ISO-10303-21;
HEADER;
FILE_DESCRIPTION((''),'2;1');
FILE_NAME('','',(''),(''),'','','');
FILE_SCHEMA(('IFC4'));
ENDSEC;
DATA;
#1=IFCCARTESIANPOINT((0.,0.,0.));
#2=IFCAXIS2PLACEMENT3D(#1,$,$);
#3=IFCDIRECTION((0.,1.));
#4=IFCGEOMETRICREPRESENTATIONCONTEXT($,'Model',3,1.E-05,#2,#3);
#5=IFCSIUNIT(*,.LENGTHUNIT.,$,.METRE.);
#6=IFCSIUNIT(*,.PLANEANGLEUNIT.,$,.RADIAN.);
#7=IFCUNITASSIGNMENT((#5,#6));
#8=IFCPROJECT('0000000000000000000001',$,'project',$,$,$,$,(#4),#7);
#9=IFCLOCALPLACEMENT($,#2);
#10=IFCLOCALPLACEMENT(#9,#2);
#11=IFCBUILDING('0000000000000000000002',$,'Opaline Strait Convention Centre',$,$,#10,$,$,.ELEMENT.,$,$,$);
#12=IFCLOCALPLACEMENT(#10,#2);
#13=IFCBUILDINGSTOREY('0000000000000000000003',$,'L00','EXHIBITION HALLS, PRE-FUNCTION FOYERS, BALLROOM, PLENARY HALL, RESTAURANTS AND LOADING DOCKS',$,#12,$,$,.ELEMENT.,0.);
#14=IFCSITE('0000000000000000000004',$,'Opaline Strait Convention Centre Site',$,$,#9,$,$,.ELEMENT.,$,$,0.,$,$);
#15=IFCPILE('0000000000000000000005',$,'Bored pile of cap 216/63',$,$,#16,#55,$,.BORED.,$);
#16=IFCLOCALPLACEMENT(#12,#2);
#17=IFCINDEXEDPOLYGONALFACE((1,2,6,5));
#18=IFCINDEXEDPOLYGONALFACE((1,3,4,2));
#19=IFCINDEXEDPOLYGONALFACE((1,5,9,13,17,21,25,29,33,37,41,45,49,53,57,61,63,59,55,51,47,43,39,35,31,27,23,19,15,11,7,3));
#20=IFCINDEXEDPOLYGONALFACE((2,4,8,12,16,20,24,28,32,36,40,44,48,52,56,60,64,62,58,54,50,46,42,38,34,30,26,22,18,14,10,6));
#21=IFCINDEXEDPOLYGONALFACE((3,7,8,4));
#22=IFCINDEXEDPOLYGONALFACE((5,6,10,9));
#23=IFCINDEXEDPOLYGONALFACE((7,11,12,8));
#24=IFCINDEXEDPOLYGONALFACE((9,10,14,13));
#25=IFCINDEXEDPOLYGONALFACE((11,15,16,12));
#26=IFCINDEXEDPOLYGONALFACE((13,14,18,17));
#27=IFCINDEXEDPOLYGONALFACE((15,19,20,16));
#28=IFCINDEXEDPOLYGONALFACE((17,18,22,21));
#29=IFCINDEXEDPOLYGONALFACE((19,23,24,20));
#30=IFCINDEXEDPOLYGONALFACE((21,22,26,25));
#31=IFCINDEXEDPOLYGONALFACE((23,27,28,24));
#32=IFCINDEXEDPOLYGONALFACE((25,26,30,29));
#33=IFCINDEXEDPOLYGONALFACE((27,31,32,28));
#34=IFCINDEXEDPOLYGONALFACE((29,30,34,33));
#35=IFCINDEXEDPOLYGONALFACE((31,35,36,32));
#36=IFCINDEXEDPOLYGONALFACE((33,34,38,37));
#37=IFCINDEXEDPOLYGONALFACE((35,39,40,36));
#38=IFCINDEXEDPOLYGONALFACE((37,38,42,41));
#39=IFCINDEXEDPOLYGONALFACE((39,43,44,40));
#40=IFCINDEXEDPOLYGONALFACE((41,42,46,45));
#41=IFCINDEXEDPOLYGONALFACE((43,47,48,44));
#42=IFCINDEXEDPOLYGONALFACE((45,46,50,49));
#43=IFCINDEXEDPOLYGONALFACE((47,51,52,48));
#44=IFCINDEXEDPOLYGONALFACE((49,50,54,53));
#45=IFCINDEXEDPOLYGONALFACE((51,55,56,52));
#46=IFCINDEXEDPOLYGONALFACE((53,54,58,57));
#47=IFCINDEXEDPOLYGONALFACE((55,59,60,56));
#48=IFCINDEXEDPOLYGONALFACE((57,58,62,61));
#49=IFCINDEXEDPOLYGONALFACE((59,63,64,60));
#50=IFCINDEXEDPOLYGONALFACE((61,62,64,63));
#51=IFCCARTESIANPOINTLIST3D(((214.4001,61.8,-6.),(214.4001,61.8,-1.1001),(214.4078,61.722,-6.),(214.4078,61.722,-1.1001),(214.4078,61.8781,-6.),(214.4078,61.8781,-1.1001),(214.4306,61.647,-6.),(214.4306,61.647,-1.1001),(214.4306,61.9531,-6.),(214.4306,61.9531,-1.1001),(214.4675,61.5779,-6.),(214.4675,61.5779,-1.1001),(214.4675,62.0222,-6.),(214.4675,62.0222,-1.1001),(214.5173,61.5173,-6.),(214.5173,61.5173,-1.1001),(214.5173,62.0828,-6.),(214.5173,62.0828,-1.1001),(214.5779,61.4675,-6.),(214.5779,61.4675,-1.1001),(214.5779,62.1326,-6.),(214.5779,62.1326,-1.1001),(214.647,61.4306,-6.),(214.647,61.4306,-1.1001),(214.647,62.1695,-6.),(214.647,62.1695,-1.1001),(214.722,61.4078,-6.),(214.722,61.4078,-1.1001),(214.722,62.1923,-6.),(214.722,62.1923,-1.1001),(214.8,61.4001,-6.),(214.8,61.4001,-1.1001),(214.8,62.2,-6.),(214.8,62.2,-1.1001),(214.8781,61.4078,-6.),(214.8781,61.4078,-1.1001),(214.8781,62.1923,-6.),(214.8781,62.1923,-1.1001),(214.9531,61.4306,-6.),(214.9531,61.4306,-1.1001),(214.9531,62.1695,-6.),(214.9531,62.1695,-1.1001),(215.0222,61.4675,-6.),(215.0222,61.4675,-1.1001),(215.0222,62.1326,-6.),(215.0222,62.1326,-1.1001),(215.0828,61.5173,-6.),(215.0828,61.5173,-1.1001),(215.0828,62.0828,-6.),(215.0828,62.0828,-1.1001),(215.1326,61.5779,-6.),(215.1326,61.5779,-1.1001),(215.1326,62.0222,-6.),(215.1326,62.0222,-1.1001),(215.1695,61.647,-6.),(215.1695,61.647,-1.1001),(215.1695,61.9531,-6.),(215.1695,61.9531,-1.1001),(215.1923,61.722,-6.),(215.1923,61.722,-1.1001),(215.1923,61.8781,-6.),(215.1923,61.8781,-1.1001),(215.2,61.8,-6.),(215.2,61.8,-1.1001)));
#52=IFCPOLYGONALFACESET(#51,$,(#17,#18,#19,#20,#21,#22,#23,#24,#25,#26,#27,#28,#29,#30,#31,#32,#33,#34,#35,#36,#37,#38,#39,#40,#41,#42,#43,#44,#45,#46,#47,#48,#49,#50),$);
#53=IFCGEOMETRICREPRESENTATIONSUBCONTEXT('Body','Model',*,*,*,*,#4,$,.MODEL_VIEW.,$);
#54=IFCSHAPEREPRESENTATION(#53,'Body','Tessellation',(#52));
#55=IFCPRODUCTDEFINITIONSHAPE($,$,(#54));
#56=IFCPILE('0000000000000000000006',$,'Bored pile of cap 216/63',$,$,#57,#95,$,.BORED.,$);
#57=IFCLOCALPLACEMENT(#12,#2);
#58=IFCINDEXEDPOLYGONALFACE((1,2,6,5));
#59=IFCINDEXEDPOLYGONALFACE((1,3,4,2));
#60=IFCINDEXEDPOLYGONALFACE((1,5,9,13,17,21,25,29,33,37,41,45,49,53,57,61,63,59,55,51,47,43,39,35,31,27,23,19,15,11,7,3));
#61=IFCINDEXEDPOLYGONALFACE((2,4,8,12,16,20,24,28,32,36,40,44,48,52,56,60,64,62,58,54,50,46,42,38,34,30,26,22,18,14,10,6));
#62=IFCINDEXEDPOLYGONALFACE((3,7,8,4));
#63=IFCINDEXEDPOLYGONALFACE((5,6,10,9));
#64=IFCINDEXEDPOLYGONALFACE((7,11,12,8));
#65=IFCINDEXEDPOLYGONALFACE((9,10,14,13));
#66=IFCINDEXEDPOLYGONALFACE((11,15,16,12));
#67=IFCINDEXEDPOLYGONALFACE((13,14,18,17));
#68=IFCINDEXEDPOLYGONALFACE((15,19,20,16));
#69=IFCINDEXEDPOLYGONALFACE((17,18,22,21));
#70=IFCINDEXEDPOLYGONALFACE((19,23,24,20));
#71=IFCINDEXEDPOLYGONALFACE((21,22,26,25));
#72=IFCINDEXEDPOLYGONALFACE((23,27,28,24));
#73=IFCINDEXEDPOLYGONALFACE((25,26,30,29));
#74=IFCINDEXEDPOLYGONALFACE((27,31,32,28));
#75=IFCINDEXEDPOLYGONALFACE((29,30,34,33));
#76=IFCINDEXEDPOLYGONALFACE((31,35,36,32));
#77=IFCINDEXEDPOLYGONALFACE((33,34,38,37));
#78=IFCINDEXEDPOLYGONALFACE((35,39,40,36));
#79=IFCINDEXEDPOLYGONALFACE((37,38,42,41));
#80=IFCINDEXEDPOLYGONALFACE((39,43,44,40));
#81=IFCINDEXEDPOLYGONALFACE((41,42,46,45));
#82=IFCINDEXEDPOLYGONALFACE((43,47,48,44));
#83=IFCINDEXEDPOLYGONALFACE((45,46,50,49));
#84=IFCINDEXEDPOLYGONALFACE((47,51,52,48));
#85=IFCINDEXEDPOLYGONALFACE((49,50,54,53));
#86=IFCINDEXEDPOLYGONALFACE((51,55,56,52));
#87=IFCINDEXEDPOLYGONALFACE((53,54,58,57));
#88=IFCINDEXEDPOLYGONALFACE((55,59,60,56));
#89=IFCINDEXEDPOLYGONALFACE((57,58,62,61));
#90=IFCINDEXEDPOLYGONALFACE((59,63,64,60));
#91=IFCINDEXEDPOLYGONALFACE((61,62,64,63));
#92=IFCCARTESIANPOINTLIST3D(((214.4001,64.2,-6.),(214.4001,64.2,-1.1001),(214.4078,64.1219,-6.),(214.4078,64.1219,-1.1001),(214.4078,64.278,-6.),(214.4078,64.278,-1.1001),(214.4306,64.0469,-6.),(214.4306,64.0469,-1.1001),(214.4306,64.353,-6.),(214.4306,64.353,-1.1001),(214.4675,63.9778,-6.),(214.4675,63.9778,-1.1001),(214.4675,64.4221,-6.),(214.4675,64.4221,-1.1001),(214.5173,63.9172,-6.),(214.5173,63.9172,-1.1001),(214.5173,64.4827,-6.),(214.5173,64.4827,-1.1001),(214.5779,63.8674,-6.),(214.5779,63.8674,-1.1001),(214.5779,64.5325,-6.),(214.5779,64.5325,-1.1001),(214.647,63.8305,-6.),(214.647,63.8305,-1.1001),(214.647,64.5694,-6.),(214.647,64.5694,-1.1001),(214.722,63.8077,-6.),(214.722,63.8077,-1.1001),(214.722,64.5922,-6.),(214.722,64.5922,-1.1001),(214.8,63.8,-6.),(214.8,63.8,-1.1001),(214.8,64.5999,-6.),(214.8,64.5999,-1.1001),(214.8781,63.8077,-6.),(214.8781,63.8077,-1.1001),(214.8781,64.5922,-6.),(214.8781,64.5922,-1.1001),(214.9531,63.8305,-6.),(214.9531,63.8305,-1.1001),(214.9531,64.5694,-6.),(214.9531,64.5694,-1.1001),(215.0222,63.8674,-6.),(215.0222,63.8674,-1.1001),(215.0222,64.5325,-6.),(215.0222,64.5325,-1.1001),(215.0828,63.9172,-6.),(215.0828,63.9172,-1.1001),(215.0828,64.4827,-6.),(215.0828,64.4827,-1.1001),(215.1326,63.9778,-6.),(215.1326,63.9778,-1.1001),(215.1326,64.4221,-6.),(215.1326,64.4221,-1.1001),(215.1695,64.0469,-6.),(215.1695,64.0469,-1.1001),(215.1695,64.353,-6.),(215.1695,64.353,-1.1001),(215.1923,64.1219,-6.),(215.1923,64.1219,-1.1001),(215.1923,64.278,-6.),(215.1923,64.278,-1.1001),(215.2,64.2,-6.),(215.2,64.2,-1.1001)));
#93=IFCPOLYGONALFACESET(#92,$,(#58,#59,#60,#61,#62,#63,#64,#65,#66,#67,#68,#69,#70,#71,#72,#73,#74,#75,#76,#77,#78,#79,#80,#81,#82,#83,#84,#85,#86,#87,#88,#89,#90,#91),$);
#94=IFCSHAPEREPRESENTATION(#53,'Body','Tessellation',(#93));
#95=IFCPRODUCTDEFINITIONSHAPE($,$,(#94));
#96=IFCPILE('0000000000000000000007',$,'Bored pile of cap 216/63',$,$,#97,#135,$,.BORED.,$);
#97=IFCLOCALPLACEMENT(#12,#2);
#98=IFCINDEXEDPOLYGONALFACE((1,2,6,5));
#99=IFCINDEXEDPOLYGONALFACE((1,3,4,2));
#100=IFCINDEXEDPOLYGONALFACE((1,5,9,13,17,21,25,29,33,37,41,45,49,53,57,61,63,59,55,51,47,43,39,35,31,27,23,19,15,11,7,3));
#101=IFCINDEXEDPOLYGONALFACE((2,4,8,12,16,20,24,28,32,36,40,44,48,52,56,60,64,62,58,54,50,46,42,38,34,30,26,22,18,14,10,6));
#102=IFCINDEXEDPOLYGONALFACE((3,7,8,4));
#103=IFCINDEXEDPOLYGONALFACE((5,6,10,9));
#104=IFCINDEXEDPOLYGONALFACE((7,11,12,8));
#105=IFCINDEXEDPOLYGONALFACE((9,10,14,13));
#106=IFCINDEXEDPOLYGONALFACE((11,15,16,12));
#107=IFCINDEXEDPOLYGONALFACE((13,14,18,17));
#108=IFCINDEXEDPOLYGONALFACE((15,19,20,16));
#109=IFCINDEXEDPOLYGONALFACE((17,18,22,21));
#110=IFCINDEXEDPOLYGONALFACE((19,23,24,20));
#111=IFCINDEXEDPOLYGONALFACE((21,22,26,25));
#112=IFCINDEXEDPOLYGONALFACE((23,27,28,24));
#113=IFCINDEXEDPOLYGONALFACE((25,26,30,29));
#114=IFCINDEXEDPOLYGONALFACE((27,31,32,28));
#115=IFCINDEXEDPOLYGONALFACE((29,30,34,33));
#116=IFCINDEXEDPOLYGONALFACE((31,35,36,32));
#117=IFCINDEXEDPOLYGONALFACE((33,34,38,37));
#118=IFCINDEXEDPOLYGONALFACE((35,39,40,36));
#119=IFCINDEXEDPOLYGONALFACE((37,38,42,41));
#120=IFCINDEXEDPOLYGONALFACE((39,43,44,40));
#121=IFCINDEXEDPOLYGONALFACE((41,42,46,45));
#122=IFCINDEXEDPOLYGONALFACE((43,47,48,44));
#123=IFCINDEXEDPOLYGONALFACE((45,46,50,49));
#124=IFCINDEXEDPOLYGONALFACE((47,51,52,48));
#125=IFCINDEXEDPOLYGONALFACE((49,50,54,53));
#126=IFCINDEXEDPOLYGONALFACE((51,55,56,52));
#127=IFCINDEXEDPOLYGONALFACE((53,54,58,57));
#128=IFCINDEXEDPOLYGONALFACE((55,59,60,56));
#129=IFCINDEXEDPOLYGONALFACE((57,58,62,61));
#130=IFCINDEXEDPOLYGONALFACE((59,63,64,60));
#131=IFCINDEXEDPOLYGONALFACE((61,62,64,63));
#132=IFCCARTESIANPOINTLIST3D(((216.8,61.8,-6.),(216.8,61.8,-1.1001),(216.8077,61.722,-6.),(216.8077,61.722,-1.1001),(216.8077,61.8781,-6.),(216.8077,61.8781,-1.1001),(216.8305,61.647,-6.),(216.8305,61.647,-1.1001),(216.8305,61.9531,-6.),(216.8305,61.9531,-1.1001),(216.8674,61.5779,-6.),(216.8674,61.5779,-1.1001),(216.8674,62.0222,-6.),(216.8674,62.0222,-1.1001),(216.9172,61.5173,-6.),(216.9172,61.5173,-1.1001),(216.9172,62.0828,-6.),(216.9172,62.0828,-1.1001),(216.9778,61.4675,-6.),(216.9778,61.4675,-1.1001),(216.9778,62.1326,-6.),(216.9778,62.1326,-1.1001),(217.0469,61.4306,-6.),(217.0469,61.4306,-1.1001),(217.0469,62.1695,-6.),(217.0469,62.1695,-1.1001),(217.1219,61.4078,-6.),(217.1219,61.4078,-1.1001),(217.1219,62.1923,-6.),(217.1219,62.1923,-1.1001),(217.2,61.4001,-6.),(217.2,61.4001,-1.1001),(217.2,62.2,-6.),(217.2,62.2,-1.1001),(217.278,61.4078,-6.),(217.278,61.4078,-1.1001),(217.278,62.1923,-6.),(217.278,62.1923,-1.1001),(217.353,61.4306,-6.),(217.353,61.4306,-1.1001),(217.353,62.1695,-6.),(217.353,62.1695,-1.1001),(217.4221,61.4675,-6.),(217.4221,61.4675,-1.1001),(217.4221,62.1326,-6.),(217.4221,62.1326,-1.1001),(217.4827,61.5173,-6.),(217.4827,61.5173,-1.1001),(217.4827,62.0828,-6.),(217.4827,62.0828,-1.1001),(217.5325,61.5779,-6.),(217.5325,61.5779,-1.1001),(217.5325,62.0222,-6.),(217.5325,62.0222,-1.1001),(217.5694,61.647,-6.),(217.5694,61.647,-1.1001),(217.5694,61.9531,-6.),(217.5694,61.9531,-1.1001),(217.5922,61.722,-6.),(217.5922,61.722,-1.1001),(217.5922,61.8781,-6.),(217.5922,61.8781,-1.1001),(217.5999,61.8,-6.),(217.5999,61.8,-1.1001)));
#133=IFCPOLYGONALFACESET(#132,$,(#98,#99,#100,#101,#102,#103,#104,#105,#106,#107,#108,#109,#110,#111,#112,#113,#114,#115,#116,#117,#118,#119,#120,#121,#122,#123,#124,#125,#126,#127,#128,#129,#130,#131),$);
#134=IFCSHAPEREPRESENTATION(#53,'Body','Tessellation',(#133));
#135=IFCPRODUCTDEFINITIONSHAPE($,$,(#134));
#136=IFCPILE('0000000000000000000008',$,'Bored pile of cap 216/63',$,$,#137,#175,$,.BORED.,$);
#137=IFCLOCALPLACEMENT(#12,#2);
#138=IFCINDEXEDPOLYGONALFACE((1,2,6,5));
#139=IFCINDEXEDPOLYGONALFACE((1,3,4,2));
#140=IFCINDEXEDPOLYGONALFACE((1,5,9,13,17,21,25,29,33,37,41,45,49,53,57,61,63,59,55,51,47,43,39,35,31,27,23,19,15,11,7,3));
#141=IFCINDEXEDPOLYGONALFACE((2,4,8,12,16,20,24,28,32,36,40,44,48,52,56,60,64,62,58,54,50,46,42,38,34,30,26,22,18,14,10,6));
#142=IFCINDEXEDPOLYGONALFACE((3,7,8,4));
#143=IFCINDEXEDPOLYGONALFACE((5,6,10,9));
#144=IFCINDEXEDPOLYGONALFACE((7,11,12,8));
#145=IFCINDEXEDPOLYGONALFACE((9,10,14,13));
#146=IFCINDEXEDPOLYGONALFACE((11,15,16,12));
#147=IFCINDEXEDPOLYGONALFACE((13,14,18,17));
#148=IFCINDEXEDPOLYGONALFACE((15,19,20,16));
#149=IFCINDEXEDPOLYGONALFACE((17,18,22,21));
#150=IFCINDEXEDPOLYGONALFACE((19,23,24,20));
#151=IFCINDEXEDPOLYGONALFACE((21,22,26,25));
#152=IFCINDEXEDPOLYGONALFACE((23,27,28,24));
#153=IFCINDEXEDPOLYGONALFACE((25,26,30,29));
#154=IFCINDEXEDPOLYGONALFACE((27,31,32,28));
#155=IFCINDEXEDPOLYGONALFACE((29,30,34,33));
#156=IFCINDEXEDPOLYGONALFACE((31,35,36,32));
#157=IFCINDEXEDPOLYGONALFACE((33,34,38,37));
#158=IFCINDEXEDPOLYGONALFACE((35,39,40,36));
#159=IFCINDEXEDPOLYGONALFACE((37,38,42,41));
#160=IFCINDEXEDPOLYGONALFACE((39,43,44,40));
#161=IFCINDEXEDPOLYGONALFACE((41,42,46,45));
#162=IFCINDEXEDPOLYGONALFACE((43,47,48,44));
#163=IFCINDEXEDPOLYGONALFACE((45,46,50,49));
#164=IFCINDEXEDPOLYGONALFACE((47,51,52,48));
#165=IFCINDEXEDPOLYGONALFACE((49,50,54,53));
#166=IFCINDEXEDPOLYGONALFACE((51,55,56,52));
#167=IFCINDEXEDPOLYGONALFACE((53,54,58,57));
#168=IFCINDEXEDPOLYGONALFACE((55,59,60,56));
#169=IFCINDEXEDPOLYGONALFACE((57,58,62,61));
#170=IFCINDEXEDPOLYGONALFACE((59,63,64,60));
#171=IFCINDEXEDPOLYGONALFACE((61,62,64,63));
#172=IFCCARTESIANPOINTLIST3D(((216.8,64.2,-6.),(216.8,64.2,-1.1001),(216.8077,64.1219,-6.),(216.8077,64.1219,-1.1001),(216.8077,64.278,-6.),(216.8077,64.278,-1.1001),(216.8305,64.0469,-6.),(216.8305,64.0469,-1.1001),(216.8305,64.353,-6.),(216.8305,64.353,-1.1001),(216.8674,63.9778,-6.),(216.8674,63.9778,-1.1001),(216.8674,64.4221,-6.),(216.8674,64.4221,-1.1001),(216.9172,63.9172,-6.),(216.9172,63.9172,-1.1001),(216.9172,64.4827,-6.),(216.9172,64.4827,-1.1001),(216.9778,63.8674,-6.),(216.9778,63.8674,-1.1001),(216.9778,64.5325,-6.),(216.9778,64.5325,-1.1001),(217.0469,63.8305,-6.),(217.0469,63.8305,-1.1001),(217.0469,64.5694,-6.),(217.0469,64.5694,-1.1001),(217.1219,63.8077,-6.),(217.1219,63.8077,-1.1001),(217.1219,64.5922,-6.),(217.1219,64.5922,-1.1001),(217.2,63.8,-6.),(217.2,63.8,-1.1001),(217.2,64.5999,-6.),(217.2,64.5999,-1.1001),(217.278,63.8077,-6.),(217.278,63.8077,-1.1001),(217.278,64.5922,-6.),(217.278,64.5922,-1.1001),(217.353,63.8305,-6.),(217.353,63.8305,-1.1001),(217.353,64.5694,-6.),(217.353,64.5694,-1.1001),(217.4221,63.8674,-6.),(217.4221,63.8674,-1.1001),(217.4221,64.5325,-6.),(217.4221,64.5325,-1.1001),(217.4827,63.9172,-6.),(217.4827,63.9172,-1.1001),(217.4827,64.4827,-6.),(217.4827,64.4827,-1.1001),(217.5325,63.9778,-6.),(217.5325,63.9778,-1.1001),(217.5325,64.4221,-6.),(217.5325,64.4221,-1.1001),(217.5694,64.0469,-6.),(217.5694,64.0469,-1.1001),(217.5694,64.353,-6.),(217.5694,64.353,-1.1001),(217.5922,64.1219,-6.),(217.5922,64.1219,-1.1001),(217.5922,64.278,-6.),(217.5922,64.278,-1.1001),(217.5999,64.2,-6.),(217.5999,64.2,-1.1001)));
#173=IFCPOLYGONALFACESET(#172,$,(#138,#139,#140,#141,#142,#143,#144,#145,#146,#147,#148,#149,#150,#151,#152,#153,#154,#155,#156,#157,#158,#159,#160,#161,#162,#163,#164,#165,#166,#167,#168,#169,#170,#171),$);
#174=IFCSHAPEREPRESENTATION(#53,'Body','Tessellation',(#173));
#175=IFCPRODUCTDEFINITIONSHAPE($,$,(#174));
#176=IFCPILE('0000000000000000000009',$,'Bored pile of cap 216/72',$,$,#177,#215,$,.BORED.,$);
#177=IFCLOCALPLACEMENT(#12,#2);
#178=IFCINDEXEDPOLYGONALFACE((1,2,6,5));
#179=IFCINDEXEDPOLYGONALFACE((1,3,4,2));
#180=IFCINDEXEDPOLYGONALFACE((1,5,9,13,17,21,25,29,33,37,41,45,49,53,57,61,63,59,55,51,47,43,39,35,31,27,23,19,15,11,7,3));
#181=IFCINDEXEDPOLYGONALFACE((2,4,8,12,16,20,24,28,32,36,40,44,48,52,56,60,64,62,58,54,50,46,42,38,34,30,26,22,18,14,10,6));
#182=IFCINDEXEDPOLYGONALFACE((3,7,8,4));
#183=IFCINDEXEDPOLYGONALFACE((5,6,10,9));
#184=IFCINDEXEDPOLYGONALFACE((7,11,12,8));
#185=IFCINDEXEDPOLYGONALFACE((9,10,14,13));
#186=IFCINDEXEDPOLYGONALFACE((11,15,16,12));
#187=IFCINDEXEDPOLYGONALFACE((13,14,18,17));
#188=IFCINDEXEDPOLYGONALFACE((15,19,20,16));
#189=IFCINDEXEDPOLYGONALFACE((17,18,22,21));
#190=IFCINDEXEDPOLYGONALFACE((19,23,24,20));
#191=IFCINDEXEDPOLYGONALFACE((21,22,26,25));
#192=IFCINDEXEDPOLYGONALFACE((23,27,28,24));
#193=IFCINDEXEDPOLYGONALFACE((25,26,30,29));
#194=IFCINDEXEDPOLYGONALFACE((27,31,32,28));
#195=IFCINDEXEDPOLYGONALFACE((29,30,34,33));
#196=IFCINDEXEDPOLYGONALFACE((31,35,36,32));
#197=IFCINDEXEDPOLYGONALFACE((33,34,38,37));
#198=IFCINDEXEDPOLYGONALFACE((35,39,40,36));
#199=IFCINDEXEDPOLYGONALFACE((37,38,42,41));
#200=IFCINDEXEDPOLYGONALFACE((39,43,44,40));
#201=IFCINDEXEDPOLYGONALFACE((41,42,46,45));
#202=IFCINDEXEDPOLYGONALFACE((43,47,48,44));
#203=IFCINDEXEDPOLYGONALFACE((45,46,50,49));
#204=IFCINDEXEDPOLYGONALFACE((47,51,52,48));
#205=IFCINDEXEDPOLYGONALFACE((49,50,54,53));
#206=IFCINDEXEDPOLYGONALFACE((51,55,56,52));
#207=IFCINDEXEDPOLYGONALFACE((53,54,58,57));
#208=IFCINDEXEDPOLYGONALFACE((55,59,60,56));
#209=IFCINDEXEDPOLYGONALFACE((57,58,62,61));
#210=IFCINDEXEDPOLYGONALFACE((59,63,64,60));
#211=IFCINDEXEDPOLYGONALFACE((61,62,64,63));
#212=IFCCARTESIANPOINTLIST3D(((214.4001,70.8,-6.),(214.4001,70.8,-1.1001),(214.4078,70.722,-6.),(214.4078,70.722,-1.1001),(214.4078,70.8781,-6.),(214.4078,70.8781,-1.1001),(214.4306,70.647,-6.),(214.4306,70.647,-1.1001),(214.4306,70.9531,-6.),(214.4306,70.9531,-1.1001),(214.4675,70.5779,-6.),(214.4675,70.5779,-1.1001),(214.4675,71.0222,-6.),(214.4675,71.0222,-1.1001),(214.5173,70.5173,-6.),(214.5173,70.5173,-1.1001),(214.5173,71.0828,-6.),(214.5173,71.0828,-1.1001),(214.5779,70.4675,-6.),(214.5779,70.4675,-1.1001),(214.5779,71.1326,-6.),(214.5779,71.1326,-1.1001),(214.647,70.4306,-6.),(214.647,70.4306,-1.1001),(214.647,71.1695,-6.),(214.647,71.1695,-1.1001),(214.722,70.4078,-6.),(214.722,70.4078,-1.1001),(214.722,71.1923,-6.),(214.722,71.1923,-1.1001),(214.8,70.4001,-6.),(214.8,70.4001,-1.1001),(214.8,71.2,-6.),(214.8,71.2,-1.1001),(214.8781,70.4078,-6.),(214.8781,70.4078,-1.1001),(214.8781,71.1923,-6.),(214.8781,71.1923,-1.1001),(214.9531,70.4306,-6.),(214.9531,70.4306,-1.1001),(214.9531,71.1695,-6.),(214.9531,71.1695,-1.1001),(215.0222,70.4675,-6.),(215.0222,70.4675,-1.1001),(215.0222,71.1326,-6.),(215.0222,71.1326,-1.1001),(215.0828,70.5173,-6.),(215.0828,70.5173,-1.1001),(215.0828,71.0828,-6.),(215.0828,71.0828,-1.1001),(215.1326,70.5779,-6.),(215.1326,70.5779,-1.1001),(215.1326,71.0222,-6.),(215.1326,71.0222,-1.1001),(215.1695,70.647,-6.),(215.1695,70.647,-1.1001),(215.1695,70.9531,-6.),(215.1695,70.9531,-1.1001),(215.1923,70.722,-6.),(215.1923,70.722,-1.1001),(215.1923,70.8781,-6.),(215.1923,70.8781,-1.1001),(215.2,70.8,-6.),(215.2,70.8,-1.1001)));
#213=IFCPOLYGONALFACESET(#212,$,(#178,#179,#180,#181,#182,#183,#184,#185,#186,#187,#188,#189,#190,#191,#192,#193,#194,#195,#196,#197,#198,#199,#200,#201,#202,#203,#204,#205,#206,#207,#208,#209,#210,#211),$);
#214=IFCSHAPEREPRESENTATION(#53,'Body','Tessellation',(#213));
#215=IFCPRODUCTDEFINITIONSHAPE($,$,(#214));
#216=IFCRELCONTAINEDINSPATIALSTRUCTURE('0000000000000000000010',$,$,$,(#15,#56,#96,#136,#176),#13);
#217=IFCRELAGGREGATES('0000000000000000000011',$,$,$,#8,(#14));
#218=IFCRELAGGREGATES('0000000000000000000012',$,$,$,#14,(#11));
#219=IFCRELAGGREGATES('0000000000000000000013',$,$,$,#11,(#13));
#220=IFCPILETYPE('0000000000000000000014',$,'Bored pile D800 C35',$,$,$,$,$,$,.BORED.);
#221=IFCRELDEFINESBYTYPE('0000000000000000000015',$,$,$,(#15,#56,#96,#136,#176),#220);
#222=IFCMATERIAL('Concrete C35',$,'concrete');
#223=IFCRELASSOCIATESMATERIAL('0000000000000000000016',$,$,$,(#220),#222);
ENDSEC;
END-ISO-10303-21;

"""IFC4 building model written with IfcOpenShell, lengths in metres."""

from ifc_helpers import new_model, si_unit, direction, frame, origin, origin_2d, place, context, subcontext, project, spatial, circle, extrude, material, material_profile, profile_set, type_object, element, save


model = new_model("IFC4")

# Units and contexts
model_context = context("Model", 3, precision=1e-05, world=origin(), true_north=direction((0.0, 1.0)))
body_context = subcontext(model_context, "Body", "Model", "MODEL_VIEW")
ifc_project = project(units=[si_unit("LENGTHUNIT", "METRE"), si_unit("PLANEANGLEUNIT", "RADIAN")], contexts=[model_context])

# Site, building, storey
site_placement = place(None, origin())
site = spatial("IfcSite", under=ifc_project, at=site_placement, Name="Opaline Strait Convention Centre Site", CompositionType="ELEMENT", RefElevation=0.0)
building_placement = place(site_placement, origin())
building = spatial("IfcBuilding", under=site, at=building_placement, Name="Opaline Strait Convention Centre", CompositionType="ELEMENT")
storey_placement = place(building_placement, origin())
storey = spatial("IfcBuildingStorey", under=building, at=storey_placement, Name="L00", Description="EXHIBITION HALLS, PRE-FUNCTION FOYERS, BALLROOM, PLENARY HALL, RESTAURANTS AND LOADING DOCKS", CompositionType="ELEMENT", Elevation=0.0)

# Piles
ifc_material_1 = material(Name="Concrete C35", Category="concrete")
ifc_material_profile_1 = material_profile(ifc_material_1, circle(Radius=0.3999, at=origin_2d()), Name="D800")
ifc_profile_set_1 = profile_set([ifc_material_profile_1], Name="Concrete C35")
pile_type = type_object("IfcPileType", Name="Bored pile D800 C35", PredefinedType="BORED", material=ifc_profile_set_1)
for number, where, z_axis, x_axis, name in (
    (1, (214.8, 61.8, -1.1001), (0.0, 0.0, -1.0), (1.0, 0.0, 0.0), "Bored pile of cap 216/63"),
    (2, (214.8, 64.2, -1.1001), (0.0, 0.0, -1.0), (1.0, 0.0, 0.0), "Bored pile of cap 216/63"),
    (3, (217.2, 61.8, -1.1001), (0.0, 0.0, -1.0), (1.0, 0.0, 0.0), "Bored pile of cap 216/63"),
    (4, (217.2, 64.2, -1.1001), (0.0, 0.0, -1.0), (1.0, 0.0, 0.0), "Bored pile of cap 216/63"),
    (5, (214.8, 70.8, -1.1001), (0.0, 0.0, -1.0), (1.0, 0.0, 0.0), "Bored pile of cap 216/72"),
):
    element("IfcPile", number, at=place(storey_placement, frame(where, z_axis=z_axis, x_axis=x_axis)), inside=storey, type_object=pile_type, Name=name, PredefinedType="BORED", context=body_context, shape_type="SweptSolid", body=[
        extrude(circle(Radius=0.3999, at=origin_2d()), origin(), (0.0, 0.0, 1.0), 4.8999),
    ])

save(model, "model.ifc")
